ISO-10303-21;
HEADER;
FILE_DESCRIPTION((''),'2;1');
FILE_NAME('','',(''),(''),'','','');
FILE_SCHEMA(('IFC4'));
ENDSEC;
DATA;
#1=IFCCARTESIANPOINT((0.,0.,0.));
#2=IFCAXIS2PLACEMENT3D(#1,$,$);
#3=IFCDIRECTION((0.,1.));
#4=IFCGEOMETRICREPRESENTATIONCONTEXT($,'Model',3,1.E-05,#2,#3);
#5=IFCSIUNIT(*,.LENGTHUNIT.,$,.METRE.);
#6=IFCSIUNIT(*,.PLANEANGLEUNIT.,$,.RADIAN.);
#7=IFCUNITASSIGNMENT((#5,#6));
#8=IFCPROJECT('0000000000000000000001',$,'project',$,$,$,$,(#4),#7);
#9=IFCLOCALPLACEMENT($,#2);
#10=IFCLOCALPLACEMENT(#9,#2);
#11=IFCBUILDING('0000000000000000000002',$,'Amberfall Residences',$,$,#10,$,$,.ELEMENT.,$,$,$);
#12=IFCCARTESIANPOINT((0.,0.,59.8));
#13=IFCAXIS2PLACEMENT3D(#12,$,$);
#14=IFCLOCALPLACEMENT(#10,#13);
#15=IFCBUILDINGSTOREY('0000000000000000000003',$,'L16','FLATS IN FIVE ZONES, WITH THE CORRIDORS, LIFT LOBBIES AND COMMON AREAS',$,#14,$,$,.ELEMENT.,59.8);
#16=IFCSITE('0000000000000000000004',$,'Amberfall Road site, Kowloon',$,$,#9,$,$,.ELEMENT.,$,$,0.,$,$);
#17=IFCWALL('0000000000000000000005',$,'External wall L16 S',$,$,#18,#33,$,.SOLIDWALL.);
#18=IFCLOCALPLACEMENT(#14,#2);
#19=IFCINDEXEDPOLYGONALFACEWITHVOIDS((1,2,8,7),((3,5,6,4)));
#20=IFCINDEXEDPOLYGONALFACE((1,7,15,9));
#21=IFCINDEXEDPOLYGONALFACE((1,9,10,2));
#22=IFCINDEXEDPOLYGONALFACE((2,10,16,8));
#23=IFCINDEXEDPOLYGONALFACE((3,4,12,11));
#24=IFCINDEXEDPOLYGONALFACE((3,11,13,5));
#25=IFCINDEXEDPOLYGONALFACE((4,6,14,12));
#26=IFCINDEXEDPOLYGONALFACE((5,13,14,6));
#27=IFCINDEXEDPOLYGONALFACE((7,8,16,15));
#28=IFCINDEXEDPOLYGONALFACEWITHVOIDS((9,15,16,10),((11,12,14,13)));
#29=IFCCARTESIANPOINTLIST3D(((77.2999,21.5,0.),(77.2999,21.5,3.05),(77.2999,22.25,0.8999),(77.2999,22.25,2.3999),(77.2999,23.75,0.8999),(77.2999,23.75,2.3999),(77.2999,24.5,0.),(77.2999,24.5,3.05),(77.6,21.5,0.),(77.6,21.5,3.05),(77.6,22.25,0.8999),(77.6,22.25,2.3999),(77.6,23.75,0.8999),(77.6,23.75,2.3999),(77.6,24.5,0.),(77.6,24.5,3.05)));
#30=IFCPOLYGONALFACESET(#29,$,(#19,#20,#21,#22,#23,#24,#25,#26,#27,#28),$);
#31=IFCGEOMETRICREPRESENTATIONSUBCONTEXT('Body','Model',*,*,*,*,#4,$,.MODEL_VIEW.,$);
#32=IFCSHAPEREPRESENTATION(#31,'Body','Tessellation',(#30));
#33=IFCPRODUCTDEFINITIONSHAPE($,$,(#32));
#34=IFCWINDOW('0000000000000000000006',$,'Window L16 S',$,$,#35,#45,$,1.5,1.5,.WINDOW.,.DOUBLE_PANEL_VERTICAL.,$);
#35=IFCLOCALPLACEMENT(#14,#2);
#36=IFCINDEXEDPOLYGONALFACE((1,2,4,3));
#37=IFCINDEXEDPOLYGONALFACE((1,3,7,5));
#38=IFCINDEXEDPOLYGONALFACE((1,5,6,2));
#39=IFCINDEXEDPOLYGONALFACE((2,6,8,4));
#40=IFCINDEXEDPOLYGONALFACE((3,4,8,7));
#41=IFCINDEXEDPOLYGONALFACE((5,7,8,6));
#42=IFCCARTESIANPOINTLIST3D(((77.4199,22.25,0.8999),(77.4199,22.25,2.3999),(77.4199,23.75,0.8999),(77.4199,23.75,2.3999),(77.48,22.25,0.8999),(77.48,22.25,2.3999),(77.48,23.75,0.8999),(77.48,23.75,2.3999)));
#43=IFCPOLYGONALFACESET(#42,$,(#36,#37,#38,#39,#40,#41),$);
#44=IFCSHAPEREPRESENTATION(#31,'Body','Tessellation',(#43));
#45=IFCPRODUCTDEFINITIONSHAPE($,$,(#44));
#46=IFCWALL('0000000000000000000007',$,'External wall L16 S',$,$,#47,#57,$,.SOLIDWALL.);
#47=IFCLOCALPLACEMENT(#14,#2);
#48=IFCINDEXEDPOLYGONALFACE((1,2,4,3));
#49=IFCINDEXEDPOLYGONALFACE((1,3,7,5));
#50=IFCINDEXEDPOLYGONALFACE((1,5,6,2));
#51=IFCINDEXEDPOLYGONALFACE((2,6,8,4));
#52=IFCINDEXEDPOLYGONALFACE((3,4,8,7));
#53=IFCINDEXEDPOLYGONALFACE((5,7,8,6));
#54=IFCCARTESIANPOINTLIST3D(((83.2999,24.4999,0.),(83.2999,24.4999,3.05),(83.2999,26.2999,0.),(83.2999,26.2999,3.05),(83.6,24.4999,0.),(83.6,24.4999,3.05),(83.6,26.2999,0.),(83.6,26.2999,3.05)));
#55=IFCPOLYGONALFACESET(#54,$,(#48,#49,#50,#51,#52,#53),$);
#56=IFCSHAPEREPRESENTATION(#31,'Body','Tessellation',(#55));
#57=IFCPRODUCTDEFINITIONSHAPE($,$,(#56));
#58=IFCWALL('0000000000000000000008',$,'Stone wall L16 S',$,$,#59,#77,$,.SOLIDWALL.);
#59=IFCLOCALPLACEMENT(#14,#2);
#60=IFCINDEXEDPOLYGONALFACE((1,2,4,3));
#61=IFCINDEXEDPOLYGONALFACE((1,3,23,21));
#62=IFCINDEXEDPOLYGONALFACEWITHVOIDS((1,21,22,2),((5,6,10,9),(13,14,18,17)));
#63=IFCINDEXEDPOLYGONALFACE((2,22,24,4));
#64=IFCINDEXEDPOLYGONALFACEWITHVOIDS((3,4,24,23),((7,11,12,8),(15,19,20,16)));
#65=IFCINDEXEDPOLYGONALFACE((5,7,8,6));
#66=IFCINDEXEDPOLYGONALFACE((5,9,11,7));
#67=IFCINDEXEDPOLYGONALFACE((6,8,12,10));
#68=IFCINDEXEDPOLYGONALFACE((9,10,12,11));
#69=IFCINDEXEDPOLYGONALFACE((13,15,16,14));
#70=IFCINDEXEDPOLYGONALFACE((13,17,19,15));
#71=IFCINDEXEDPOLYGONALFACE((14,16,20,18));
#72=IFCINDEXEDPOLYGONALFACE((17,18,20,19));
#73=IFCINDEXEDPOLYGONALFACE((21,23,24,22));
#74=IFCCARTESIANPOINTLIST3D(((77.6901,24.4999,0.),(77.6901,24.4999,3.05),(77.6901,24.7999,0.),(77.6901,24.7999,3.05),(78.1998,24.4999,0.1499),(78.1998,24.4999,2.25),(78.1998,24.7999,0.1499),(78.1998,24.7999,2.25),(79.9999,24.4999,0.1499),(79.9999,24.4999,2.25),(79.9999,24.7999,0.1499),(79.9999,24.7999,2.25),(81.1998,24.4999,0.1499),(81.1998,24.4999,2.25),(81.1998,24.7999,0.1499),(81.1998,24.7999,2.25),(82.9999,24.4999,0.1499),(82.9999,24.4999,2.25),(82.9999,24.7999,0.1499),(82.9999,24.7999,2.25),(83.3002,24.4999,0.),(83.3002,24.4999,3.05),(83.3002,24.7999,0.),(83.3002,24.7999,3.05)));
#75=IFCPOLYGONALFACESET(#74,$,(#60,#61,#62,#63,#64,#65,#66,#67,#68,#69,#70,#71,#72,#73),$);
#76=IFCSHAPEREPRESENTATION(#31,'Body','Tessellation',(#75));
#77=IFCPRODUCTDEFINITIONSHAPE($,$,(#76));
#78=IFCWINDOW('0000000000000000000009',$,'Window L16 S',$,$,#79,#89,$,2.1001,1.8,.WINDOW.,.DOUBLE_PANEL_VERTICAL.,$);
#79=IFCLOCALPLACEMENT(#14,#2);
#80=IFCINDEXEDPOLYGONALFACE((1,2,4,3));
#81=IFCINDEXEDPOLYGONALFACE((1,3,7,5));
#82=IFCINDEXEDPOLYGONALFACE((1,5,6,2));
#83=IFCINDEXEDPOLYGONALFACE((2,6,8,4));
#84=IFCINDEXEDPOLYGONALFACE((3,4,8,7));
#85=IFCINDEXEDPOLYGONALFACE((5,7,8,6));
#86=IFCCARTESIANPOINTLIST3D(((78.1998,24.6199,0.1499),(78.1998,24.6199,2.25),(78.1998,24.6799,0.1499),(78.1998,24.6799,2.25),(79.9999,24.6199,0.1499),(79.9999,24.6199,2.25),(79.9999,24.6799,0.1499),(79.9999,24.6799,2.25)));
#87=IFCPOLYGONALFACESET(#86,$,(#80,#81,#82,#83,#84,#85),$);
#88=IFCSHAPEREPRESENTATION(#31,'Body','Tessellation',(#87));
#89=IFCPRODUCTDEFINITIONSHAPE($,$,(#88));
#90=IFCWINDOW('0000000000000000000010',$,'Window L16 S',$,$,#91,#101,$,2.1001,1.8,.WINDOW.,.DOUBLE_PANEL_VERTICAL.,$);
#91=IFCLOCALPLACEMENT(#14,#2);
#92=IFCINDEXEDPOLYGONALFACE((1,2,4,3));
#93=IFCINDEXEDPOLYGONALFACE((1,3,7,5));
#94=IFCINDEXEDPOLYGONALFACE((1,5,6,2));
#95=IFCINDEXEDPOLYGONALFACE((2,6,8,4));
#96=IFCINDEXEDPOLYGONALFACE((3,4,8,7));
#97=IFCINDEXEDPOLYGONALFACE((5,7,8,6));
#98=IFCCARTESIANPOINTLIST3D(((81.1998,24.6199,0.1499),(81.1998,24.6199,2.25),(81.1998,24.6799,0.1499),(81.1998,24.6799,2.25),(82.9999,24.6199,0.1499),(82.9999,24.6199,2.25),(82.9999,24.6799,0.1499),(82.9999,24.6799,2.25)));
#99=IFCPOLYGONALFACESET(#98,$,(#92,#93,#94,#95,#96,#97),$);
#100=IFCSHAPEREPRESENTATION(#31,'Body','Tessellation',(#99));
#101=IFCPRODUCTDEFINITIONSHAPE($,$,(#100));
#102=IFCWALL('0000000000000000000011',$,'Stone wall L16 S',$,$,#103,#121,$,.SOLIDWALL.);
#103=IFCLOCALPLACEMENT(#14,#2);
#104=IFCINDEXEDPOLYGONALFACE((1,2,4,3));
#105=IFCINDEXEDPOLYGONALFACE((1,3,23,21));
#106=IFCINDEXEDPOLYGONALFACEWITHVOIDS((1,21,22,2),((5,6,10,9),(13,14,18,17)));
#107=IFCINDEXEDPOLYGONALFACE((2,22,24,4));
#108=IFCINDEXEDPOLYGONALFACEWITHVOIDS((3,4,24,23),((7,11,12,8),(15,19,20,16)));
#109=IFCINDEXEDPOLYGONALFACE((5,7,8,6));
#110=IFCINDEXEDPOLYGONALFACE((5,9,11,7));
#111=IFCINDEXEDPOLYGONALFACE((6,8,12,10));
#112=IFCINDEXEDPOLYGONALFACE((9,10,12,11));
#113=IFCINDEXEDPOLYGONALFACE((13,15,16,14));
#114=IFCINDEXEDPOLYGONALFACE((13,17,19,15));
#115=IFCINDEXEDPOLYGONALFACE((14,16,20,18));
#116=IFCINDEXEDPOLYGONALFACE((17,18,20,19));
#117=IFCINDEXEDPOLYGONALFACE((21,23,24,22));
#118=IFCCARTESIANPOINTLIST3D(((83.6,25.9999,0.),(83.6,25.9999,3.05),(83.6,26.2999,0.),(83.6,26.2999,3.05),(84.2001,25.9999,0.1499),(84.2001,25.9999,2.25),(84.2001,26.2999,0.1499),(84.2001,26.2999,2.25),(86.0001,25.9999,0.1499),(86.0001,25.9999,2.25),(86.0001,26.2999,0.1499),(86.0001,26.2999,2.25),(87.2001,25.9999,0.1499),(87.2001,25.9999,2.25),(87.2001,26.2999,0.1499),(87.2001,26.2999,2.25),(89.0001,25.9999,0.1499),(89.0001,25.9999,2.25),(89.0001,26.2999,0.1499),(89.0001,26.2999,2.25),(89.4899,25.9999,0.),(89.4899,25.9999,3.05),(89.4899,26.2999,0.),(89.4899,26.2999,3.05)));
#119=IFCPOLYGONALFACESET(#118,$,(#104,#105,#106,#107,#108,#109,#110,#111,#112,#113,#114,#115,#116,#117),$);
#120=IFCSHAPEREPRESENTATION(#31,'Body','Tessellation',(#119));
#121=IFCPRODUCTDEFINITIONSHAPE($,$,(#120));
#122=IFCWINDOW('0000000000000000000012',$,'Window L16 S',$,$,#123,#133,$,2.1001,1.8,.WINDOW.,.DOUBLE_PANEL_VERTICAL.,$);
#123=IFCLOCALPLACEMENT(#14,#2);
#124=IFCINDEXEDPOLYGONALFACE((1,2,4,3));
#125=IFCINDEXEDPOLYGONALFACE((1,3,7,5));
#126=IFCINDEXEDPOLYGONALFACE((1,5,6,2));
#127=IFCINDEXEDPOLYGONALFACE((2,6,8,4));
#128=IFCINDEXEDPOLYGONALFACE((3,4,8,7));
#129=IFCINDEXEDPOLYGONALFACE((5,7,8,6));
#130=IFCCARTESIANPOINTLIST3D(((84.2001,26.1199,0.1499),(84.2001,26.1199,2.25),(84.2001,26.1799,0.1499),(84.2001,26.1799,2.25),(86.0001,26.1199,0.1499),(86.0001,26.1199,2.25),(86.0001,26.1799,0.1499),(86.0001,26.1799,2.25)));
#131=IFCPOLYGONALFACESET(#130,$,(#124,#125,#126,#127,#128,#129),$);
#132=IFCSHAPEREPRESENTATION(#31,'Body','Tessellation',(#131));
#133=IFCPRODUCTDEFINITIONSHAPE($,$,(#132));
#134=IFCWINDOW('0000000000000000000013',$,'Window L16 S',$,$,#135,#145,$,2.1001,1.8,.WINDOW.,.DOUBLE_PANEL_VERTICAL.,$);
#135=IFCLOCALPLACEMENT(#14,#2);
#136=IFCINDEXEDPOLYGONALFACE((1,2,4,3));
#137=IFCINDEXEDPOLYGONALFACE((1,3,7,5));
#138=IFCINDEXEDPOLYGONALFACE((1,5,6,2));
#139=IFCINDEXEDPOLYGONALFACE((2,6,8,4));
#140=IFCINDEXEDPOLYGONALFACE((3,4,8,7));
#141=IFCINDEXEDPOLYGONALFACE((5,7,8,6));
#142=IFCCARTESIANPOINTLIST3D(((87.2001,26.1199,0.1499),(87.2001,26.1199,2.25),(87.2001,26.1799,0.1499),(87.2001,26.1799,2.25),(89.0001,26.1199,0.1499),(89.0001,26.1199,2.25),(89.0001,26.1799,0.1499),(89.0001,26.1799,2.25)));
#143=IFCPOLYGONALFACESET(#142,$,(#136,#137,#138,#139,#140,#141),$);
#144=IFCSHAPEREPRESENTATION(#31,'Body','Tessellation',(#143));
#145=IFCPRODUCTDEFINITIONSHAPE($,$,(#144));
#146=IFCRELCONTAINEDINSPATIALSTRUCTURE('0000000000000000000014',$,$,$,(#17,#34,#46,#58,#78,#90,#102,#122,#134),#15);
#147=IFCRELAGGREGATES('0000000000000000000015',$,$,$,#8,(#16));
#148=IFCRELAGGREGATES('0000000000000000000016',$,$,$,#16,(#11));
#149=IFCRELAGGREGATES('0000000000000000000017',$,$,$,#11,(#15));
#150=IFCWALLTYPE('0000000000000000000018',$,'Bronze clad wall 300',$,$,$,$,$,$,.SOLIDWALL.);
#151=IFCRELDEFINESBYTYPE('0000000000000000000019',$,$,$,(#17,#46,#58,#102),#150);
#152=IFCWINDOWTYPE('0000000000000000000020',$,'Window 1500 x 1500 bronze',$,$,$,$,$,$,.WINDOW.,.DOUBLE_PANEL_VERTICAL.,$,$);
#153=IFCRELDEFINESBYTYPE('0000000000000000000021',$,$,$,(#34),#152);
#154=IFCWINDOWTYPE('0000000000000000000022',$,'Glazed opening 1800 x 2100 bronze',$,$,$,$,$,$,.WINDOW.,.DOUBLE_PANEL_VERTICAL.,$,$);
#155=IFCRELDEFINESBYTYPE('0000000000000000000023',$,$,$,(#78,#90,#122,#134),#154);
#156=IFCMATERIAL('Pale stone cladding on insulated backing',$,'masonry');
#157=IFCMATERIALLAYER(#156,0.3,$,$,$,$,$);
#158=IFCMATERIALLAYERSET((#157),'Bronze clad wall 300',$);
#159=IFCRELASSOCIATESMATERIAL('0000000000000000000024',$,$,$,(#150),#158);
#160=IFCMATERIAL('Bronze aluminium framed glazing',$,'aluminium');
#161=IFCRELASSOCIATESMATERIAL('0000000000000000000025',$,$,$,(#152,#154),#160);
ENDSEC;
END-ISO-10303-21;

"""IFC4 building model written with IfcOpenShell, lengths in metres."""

from ifc_helpers import new_model, si_unit, direction, frame, frame_2d, origin, place, context, subcontext, project, spatial, rectangle, extrude, material, layer, layer_set, type_object, element, fill, save


model = new_model("IFC4")

# Units and contexts
model_context = context("Model", 3, precision=1e-05, world=origin(), true_north=direction((0.0, 1.0)))
body_context = subcontext(model_context, "Body", "Model", "MODEL_VIEW")
ifc_project = project(units=[si_unit("LENGTHUNIT", "METRE"), si_unit("PLANEANGLEUNIT", "RADIAN")], contexts=[model_context])

# Site, building, storey
site_placement = place(None, origin())
site = spatial("IfcSite", under=ifc_project, at=site_placement, Name="Amberfall Road site, Kowloon", CompositionType="ELEMENT", RefElevation=0.0)
building_placement = place(site_placement, origin())
building = spatial("IfcBuilding", under=site, at=building_placement, Name="Amberfall Residences", CompositionType="ELEMENT")
storey_placement = place(building_placement, frame((0.0, 0.0, 59.8)))
storey = spatial("IfcBuildingStorey", under=building, at=storey_placement, Name="L16", Description="FLATS IN FIVE ZONES, WITH THE CORRIDORS, LIFT LOBBIES AND COMMON AREAS", CompositionType="ELEMENT", Elevation=59.8)

# Wall, opening, window
ifc_material_1 = material(Name="Pale stone cladding on insulated backing", Category="masonry")
ifc_layer_1 = layer(ifc_material_1, 0.3)
ifc_layer_set_1 = layer_set([ifc_layer_1], Name="Bronze clad wall 300")
wall_type_1 = type_object("IfcWallType", Name="Bronze clad wall 300", PredefinedType="SOLIDWALL", material=ifc_layer_set_1)
wall_1_placement = place(storey_placement, frame((77.45, 21.5, 0.0), z_axis=(0.0, 0.0, 1.0), x_axis=(0.0, 1.0, 0.0)))
wall_1 = element("IfcWall", 1, at=wall_1_placement, inside=storey, type_object=wall_type_1, Name="External wall L16 S", PredefinedType="SOLIDWALL", context=body_context, shape_type="SweptSolid", body=[
    extrude(rectangle(XDim=3.0, YDim=0.3, at=frame_2d((1.5, 0.0))), origin(), (0.0, 0.0, 1.0), 3.05),
])
opening_1_placement = place(wall_1_placement, frame((0.75, 0.0, 0.8999)))
opening_1 = element("IfcOpeningElement", 2, at=opening_1_placement, cuts=wall_1, PredefinedType="OPENING", context=body_context, shape_type="SweptSolid", body=[
    extrude(rectangle(XDim=1.5, YDim=1.5, at=frame_2d((0.75, 0.75))), frame((0.0, 0.1599, 0.0), z_axis=(0.0, -1.0, 0.0), x_axis=(1.0, 0.0, 0.0)), (0.0, 0.0, 1.0), 0.3201),
])
ifc_material_2 = material(Name="Bronze aluminium framed glazing", Category="aluminium")
window_type_1 = type_object("IfcWindowType", Name="Window 1500 x 1500 bronze", PartitioningType="DOUBLE_PANEL_VERTICAL", PredefinedType="WINDOW", material=ifc_material_2)
window_1_placement = place(opening_1_placement, origin())
window_1 = element("IfcWindow", 3, at=window_1_placement, inside=storey, type_object=window_type_1, Name="Window L16 S", OverallHeight=1.5, OverallWidth=1.5, PartitioningType="DOUBLE_PANEL_VERTICAL", PredefinedType="WINDOW", context=body_context, shape_type="SweptSolid", body=[
    extrude(rectangle(XDim=1.5, YDim=1.5, at=frame_2d((0.75, 0.75))), frame((0.0, 0.03, 0.0), z_axis=(0.0, -1.0, 0.0), x_axis=(1.0, 0.0, 0.0)), (0.0, 0.0, 1.0), 0.0601),
])
fill(opening_1, window_1)

# Wall
wall_2_placement = place(storey_placement, frame((83.45, 24.5, 0.0), z_axis=(0.0, 0.0, 1.0), x_axis=(0.0, 1.0, 0.0)))
element("IfcWall", 4, at=wall_2_placement, inside=storey, type_object=wall_type_1, Name="External wall L16 S", PredefinedType="SOLIDWALL", context=body_context, shape_type="SweptSolid", body=[
    extrude(rectangle(XDim=1.8, YDim=0.3, at=frame_2d((0.8999, 0.0))), origin(), (0.0, 0.0, 1.0), 3.05),
])

# Walls, openings, windows
wall_3_placement = place(storey_placement, frame((77.6899, 24.6499, 0.0), z_axis=(0.0, 0.0, 1.0), x_axis=(1.0, 0.0, 0.0)))
wall_3 = element("IfcWall", 5, at=wall_3_placement, inside=storey, type_object=wall_type_1, Name="Stone wall L16 S", PredefinedType="SOLIDWALL", context=body_context, shape_type="SweptSolid", body=[
    extrude(rectangle(XDim=5.6101, YDim=0.3, at=frame_2d((2.8052, 0.0))), origin(), (0.0, 0.0, 1.0), 3.05),
])
opening_2_placement = place(wall_3_placement, frame((0.51, 0.0, 0.1499)))
opening_2 = element("IfcOpeningElement", 6, at=opening_2_placement, cuts=wall_3, PredefinedType="OPENING", context=body_context, shape_type="SweptSolid", body=[
    extrude(rectangle(XDim=1.8, YDim=2.1001, at=frame_2d((0.8999, 1.05))), frame((0.0, 0.1599, 0.0), z_axis=(0.0, -1.0, 0.0), x_axis=(1.0, 0.0, 0.0)), (0.0, 0.0, 1.0), 0.3201),
])
opening_3_placement = place(wall_3_placement, frame((3.51, 0.0, 0.1499)))
opening_3 = element("IfcOpeningElement", 7, at=opening_3_placement, cuts=wall_3, PredefinedType="OPENING", context=body_context, shape_type="SweptSolid", body=[
    extrude(rectangle(XDim=1.8, YDim=2.1001, at=frame_2d((0.8999, 1.05))), frame((0.0, 0.1599, 0.0), z_axis=(0.0, -1.0, 0.0), x_axis=(1.0, 0.0, 0.0)), (0.0, 0.0, 1.0), 0.3201),
])
window_type_2 = type_object("IfcWindowType", Name="Glazed opening 1800 x 2100 bronze", PartitioningType="DOUBLE_PANEL_VERTICAL", PredefinedType="WINDOW", material=ifc_material_2)
window_2_placement = place(opening_2_placement, origin())
window_2 = element("IfcWindow", 8, at=window_2_placement, inside=storey, type_object=window_type_2, Name="Window L16 S", OverallHeight=2.1001, OverallWidth=1.8, PartitioningType="DOUBLE_PANEL_VERTICAL", PredefinedType="WINDOW", context=body_context, shape_type="SweptSolid", body=[
    extrude(rectangle(XDim=1.8, YDim=2.1001, at=frame_2d((0.8999, 1.05))), frame((0.0, 0.03, 0.0), z_axis=(0.0, -1.0, 0.0), x_axis=(1.0, 0.0, 0.0)), (0.0, 0.0, 1.0), 0.0601),
])
fill(opening_2, window_2)
window_3_placement = place(opening_3_placement, origin())
window_3 = element("IfcWindow", 9, at=window_3_placement, inside=storey, type_object=window_type_2, Name="Window L16 S", OverallHeight=2.1001, OverallWidth=1.8, PartitioningType="DOUBLE_PANEL_VERTICAL", PredefinedType="WINDOW", context=body_context, shape_type="SweptSolid", body=[
    extrude(rectangle(XDim=1.8, YDim=2.1001, at=frame_2d((0.8999, 1.05))), frame((0.0, 0.03, 0.0), z_axis=(0.0, -1.0, 0.0), x_axis=(1.0, 0.0, 0.0)), (0.0, 0.0, 1.0), 0.0601),
])
fill(opening_3, window_3)
wall_4_placement = place(storey_placement, frame((83.6001, 26.1499, 0.0), z_axis=(0.0, 0.0, 1.0), x_axis=(1.0, 0.0, 0.0)))
wall_4 = element("IfcWall", 10, at=wall_4_placement, inside=storey, type_object=wall_type_1, Name="Stone wall L16 S", PredefinedType="SOLIDWALL", context=body_context, shape_type="SweptSolid", body=[
    extrude(rectangle(XDim=5.8899, YDim=0.3, at=frame_2d((2.9448, 0.0))), origin(), (0.0, 0.0, 1.0), 3.05),
])
opening_4_placement = place(wall_4_placement, frame((0.6001, 0.0, 0.1499)))
opening_4 = element("IfcOpeningElement", 11, at=opening_4_placement, cuts=wall_4, PredefinedType="OPENING", context=body_context, shape_type="SweptSolid", body=[
    extrude(rectangle(XDim=1.8, YDim=2.1001, at=frame_2d((0.8999, 1.05))), frame((0.0, 0.1599, 0.0), z_axis=(0.0, -1.0, 0.0), x_axis=(1.0, 0.0, 0.0)), (0.0, 0.0, 1.0), 0.3201),
])
opening_5_placement = place(wall_4_placement, frame((3.6001, 0.0, 0.1499)))
opening_5 = element("IfcOpeningElement", 12, at=opening_5_placement, cuts=wall_4, PredefinedType="OPENING", context=body_context, shape_type="SweptSolid", body=[
    extrude(rectangle(XDim=1.8, YDim=2.1001, at=frame_2d((0.8999, 1.05))), frame((0.0, 0.1599, 0.0), z_axis=(0.0, -1.0, 0.0), x_axis=(1.0, 0.0, 0.0)), (0.0, 0.0, 1.0), 0.3201),
])
window_4_placement = place(opening_4_placement, origin())
window_4 = element("IfcWindow", 13, at=window_4_placement, inside=storey, type_object=window_type_2, Name="Window L16 S", OverallHeight=2.1001, OverallWidth=1.8, PartitioningType="DOUBLE_PANEL_VERTICAL", PredefinedType="WINDOW", context=body_context, shape_type="SweptSolid", body=[
    extrude(rectangle(XDim=1.8, YDim=2.1001, at=frame_2d((0.8999, 1.05))), frame((0.0, 0.03, 0.0), z_axis=(0.0, -1.0, 0.0), x_axis=(1.0, 0.0, 0.0)), (0.0, 0.0, 1.0), 0.0601),
])
fill(opening_4, window_4)
window_5_placement = place(opening_5_placement, origin())
window_5 = element("IfcWindow", 14, at=window_5_placement, inside=storey, type_object=window_type_2, Name="Window L16 S", OverallHeight=2.1001, OverallWidth=1.8, PartitioningType="DOUBLE_PANEL_VERTICAL", PredefinedType="WINDOW", context=body_context, shape_type="SweptSolid", body=[
    extrude(rectangle(XDim=1.8, YDim=2.1001, at=frame_2d((0.8999, 1.05))), frame((0.0, 0.03, 0.0), z_axis=(0.0, -1.0, 0.0), x_axis=(1.0, 0.0, 0.0)), (0.0, 0.0, 1.0), 0.0601),
])
fill(opening_5, window_5)

save(model, "model.ifc")
